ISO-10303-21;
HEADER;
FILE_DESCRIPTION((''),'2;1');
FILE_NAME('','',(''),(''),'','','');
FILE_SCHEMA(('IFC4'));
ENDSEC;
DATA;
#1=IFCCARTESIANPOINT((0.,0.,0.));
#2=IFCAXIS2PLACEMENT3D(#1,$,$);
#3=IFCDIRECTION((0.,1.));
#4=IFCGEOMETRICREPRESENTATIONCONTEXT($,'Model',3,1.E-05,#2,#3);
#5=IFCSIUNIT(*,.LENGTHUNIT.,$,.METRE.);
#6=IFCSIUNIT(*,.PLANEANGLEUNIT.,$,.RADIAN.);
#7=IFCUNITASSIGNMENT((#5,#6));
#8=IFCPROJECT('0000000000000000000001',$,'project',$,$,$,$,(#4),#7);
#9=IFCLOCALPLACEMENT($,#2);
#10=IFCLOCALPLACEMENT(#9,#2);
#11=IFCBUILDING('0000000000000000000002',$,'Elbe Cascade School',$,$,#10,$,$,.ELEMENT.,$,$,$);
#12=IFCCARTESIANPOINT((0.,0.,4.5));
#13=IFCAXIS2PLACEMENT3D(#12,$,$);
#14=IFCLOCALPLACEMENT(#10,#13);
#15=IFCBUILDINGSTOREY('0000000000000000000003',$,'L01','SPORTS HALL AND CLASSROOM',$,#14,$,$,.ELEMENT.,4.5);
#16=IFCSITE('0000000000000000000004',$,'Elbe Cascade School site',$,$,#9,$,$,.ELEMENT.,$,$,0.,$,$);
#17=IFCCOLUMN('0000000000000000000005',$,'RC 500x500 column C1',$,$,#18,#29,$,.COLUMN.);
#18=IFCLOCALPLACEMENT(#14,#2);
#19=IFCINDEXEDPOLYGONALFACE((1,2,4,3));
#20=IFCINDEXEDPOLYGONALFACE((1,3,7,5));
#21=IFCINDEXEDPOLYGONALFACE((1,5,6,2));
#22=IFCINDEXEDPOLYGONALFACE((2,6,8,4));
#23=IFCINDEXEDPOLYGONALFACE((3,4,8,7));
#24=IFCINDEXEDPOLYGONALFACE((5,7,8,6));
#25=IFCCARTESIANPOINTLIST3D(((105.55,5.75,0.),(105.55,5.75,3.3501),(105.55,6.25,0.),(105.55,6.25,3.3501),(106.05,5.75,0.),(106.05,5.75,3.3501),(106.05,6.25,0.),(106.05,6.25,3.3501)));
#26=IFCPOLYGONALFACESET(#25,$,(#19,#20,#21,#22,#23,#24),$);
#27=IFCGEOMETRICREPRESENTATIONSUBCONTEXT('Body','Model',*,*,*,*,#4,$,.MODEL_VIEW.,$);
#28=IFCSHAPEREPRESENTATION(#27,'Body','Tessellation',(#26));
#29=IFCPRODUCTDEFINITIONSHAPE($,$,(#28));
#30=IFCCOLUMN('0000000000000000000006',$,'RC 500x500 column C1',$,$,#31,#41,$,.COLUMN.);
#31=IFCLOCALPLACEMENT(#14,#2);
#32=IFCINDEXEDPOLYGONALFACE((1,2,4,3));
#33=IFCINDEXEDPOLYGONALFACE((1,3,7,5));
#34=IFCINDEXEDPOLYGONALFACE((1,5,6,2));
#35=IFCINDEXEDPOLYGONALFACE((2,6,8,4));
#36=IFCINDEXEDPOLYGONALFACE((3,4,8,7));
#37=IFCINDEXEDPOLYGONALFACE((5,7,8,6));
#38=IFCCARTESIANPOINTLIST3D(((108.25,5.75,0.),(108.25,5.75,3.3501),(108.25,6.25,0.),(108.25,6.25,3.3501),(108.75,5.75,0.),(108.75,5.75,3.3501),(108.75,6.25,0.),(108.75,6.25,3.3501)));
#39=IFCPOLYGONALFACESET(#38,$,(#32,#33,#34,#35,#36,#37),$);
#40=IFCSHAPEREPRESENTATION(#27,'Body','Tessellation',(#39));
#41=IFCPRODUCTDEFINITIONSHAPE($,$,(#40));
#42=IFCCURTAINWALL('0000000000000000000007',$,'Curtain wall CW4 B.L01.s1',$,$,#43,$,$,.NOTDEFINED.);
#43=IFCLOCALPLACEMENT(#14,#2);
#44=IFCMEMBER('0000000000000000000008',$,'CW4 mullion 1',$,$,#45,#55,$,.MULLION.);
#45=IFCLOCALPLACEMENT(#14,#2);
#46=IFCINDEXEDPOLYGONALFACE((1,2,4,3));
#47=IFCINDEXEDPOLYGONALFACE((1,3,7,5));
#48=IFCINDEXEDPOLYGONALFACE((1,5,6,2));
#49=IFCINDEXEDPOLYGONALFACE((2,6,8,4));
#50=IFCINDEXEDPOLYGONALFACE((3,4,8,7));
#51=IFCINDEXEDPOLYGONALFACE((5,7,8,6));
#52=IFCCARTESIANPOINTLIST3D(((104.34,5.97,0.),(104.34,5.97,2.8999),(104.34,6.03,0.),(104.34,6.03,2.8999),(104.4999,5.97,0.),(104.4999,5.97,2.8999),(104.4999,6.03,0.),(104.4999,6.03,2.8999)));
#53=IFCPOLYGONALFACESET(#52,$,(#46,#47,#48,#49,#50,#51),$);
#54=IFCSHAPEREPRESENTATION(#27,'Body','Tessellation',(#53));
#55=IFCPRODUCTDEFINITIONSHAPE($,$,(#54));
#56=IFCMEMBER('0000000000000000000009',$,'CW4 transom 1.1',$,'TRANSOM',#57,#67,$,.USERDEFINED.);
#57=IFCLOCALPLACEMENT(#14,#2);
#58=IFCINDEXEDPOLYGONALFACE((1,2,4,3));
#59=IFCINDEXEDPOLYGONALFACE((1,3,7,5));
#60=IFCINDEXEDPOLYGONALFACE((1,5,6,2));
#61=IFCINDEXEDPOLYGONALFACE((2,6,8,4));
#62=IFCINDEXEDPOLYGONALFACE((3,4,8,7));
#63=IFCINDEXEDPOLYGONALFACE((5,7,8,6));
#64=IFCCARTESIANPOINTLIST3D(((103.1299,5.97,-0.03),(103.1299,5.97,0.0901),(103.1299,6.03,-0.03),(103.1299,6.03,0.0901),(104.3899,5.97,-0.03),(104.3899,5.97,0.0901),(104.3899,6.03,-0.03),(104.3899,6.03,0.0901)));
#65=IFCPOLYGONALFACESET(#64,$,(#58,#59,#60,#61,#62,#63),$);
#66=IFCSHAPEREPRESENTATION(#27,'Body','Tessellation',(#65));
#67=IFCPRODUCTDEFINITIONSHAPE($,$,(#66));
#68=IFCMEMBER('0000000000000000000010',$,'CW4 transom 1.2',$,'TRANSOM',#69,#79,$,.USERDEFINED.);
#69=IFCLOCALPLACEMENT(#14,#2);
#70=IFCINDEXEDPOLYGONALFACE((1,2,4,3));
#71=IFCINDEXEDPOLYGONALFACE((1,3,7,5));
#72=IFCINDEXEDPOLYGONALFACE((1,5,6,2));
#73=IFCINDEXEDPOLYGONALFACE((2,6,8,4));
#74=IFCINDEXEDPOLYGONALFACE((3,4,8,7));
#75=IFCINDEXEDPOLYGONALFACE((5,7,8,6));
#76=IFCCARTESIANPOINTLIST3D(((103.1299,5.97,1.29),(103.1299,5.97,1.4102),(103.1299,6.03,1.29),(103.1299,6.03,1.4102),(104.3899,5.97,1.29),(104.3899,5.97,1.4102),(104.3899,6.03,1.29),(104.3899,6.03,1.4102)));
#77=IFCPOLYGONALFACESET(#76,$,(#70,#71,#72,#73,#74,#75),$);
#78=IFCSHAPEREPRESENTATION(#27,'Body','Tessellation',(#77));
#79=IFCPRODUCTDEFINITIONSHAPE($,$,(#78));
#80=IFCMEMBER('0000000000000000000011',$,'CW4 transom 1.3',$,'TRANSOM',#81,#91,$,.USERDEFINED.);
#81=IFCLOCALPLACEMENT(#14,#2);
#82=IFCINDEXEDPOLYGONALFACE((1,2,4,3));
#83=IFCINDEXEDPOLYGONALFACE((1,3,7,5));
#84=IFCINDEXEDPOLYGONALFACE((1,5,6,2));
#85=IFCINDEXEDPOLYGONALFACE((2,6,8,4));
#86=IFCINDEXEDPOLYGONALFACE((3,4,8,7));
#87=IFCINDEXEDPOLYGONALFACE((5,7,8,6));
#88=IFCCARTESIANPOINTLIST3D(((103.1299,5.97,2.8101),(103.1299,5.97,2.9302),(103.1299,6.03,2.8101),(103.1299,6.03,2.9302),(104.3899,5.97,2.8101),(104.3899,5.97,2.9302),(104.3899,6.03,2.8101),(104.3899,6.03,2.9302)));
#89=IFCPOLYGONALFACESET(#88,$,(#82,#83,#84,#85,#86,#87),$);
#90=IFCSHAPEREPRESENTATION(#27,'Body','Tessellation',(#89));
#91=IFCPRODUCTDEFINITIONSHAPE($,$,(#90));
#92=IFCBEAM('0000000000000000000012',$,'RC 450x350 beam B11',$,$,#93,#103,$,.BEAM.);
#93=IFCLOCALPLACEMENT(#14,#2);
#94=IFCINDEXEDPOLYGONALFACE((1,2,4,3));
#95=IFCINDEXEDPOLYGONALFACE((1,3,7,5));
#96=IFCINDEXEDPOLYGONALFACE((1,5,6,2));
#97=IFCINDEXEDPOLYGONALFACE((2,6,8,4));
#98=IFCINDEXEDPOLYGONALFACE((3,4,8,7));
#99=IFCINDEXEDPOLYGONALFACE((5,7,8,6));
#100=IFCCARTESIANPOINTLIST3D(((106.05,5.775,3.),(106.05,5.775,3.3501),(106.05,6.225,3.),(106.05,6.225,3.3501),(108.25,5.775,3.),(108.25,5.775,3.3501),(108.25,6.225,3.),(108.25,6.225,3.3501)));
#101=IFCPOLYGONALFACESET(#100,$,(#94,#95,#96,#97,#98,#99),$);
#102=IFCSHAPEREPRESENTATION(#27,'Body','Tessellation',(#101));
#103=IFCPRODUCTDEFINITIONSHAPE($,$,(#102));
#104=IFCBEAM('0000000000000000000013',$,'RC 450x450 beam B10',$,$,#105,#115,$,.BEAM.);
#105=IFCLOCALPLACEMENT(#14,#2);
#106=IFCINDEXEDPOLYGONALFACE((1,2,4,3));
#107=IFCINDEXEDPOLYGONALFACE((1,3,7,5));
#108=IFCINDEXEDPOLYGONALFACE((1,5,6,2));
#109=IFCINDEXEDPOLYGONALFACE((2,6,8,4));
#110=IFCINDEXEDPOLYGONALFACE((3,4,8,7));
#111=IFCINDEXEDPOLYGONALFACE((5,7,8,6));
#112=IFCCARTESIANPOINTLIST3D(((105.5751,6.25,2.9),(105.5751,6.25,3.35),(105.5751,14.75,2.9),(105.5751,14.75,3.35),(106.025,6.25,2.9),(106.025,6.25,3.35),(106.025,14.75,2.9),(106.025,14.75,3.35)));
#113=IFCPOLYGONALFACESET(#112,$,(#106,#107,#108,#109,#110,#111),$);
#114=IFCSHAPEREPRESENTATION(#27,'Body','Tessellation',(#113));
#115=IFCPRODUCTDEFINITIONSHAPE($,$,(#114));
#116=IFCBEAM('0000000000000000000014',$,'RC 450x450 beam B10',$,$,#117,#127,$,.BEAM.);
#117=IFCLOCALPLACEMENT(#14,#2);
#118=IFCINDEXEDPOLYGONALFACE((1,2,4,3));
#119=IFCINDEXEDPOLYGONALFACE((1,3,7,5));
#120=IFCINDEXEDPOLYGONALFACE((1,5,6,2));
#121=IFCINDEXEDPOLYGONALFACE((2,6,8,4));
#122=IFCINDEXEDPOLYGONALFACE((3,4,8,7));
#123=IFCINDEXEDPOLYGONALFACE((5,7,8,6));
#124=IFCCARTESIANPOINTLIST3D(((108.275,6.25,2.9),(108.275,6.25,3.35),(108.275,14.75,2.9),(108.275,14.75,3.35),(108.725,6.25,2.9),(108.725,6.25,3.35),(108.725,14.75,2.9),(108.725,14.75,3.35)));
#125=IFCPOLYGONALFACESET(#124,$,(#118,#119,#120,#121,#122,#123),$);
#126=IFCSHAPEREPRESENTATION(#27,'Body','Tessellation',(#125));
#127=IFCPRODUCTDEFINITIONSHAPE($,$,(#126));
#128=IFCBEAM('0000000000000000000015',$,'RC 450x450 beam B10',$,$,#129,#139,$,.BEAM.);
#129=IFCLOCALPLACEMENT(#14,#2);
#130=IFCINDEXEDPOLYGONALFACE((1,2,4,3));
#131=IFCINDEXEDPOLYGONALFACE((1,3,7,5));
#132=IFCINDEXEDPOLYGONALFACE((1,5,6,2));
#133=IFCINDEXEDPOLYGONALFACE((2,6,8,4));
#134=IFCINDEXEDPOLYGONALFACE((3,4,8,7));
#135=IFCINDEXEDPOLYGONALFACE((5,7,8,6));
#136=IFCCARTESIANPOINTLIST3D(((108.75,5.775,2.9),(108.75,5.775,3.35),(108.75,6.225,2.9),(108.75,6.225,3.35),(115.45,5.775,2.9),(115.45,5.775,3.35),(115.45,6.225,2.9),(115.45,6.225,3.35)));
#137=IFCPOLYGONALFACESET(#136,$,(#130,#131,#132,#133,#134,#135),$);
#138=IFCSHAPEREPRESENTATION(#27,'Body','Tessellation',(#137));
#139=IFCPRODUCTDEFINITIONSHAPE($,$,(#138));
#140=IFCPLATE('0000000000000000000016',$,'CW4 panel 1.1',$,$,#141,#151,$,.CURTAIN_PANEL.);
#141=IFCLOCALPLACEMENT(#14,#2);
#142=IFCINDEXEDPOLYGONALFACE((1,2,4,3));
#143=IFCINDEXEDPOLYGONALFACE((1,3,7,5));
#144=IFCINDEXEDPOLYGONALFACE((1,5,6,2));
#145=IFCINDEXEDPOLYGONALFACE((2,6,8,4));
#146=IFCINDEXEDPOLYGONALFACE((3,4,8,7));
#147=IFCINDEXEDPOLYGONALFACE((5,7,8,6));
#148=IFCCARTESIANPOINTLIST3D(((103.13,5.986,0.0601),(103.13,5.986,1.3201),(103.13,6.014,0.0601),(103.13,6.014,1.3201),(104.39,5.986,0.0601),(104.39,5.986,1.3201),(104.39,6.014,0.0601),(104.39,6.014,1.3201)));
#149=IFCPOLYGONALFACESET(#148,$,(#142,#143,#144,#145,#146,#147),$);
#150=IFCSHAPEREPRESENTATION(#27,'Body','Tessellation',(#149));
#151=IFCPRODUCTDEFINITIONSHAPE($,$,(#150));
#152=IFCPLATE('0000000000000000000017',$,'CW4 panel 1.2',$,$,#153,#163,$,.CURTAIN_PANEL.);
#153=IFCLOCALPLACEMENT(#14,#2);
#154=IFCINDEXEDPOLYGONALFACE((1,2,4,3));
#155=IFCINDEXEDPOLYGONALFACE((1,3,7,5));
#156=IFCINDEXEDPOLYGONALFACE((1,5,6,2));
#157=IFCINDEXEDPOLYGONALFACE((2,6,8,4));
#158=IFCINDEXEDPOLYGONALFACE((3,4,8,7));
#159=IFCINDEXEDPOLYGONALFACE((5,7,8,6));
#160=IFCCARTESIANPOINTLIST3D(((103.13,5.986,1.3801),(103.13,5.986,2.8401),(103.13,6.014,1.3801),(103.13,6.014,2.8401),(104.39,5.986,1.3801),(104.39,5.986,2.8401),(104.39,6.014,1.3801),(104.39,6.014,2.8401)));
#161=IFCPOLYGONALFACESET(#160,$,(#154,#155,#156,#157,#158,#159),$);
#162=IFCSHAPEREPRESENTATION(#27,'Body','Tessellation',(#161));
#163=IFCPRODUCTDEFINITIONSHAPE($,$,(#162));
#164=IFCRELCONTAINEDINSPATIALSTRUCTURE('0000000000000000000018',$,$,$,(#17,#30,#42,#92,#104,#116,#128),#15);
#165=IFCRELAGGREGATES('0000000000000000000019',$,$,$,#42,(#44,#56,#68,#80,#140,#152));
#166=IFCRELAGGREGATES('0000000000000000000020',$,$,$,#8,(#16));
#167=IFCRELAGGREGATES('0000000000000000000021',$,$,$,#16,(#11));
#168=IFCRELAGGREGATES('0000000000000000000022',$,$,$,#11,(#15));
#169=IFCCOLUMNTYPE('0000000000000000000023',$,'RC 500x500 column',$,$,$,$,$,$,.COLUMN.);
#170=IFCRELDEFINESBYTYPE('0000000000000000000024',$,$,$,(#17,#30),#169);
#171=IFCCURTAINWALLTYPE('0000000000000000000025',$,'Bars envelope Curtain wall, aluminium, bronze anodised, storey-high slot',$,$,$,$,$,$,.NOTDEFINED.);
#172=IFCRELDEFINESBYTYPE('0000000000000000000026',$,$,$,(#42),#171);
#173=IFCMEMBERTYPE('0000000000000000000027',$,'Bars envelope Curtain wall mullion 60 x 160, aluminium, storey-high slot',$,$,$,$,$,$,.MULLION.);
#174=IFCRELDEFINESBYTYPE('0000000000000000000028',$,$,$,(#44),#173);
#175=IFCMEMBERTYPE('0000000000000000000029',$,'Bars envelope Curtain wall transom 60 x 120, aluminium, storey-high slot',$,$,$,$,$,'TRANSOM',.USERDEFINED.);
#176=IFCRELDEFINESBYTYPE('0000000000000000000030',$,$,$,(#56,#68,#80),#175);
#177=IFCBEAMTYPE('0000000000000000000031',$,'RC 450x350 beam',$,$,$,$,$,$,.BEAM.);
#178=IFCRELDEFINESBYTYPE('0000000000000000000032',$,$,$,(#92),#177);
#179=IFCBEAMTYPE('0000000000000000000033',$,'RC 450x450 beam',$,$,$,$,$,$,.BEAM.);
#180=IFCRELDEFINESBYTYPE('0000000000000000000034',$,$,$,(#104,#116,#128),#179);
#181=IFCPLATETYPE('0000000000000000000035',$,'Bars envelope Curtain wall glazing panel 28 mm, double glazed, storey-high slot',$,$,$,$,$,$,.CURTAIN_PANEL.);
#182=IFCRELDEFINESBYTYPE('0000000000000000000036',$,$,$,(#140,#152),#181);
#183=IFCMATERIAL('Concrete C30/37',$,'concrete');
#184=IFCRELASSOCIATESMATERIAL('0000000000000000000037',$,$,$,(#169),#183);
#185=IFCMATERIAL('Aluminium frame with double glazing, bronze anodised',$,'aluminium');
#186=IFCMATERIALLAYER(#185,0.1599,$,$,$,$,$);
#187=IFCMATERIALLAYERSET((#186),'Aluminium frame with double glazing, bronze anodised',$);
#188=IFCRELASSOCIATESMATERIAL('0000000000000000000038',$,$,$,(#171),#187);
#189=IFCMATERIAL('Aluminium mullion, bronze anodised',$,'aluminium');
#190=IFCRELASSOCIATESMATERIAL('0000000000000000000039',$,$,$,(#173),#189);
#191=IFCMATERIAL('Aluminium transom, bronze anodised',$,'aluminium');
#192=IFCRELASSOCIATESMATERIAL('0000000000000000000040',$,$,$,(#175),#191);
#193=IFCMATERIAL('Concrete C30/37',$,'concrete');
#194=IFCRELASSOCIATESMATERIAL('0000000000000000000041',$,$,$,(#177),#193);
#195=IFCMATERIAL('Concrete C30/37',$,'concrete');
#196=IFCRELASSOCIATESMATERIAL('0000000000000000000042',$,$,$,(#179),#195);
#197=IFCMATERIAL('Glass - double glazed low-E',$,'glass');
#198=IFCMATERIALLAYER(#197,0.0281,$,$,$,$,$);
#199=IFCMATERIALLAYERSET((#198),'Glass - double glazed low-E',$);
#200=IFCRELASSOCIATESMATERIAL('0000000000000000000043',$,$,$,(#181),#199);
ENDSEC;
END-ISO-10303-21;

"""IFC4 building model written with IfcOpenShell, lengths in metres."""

from ifc_helpers import new_model, si_unit, direction, frame, origin, origin_2d, place, context, subcontext, project, spatial, rectangle, extrude, material, layer, layer_set, material_profile, profile_set, type_object, element, aggregate, save


model = new_model("IFC4")

# Units and contexts
model_context = context("Model", 3, precision=1e-05, world=origin(), true_north=direction((0.0, 1.0)))
body_context = subcontext(model_context, "Body", "Model", "MODEL_VIEW")
ifc_project = project(units=[si_unit("LENGTHUNIT", "METRE"), si_unit("PLANEANGLEUNIT", "RADIAN")], contexts=[model_context])

# Site, building, storey
site_placement = place(None, origin())
site = spatial("IfcSite", under=ifc_project, at=site_placement, Name="Elbe Cascade School site", CompositionType="ELEMENT", RefElevation=0.0)
building_placement = place(site_placement, origin())
building = spatial("IfcBuilding", under=site, at=building_placement, Name="Elbe Cascade School", CompositionType="ELEMENT")
storey_placement = place(building_placement, frame((0.0, 0.0, 4.5)))
storey = spatial("IfcBuildingStorey", under=building, at=storey_placement, Name="L01", Description="SPORTS HALL AND CLASSROOM", CompositionType="ELEMENT", Elevation=4.5)

# Columns
ifc_material_1 = material(Name="Concrete C30/37", Category="concrete")
ifc_material_profile_1 = material_profile(ifc_material_1, rectangle(XDim=0.5, YDim=0.5, at=origin_2d()), Name="RC 500x500")
ifc_profile_set_1 = profile_set([ifc_material_profile_1], Name="Concrete C30/37")
column_type = type_object("IfcColumnType", Name="RC 500x500 column", PredefinedType="COLUMN", material=ifc_profile_set_1)
for number, where, z_axis, x_axis, name in (
    (1, (105.8, 6.0, 0.0), (0.0, 0.0, 1.0), (1.0, 0.0, 0.0), "RC 500x500 column C1"),
    (2, (108.5, 6.0, 0.0), (0.0, 0.0, 1.0), (1.0, 0.0, 0.0), "RC 500x500 column C1"),
):
    element("IfcColumn", number, at=place(storey_placement, frame(where, z_axis=z_axis, x_axis=x_axis)), inside=storey, type_object=column_type, Name=name, PredefinedType="COLUMN", context=body_context, shape_type="SweptSolid", body=[
        extrude(rectangle(XDim=0.5, YDim=0.5, at=origin_2d()), origin(), (0.0, 0.0, 1.0), 3.3501),
    ])

# Curtain wall, members
ifc_material_2 = material(Name="Aluminium frame with double glazing, bronze anodised", Category="aluminium")
ifc_layer_1 = layer(ifc_material_2, 0.1599)
ifc_layer_set_1 = layer_set([ifc_layer_1], Name="Aluminium frame with double glazing, bronze anodised")
curtain_wall_type = type_object("IfcCurtainWallType", Name="Bars envelope Curtain wall, aluminium, bronze anodised, storey-high slot", PredefinedType="NOTDEFINED", material=ifc_layer_set_1)
curtain_wall_placement = place(storey_placement, origin())
curtain_wall = element("IfcCurtainWall", 3, at=curtain_wall_placement, inside=storey, type_object=curtain_wall_type, Name="Curtain wall CW4 B.L01.s1", PredefinedType="NOTDEFINED")
ifc_material_3 = material(Name="Aluminium mullion, bronze anodised", Category="aluminium")
ifc_material_profile_2 = material_profile(ifc_material_3, rectangle(XDim=0.0601, YDim=0.1599, at=origin_2d()), Name="Bars envelope Curtain wall mullion 60 x 160, aluminium, storey-high slot")
ifc_profile_set_2 = profile_set([ifc_material_profile_2], Name="Aluminium mullion, bronze anodised")
member_type_1 = type_object("IfcMemberType", Name="Bars envelope Curtain wall mullion 60 x 160, aluminium, storey-high slot", PredefinedType="MULLION", material=ifc_profile_set_2)
member_1_placement = place(storey_placement, frame((104.4199, 6.0, 0.0), z_axis=(0.0, 0.0, 1.0), x_axis=(0.0, -1.0, 0.0)))
member_1 = element("IfcMember", 4, at=member_1_placement, type_object=member_type_1, Name="CW4 mullion 1", PredefinedType="MULLION", context=body_context, shape_type="SweptSolid", body=[
    extrude(rectangle(XDim=0.0601, YDim=0.1599, at=origin_2d()), origin(), (0.0, 0.0, 1.0), 2.8999),
])
ifc_material_4 = material(Name="Aluminium transom, bronze anodised", Category="aluminium")
ifc_material_profile_3 = material_profile(ifc_material_4, rectangle(XDim=0.0601, YDim=0.1201, at=origin_2d()), Name="Bars envelope Curtain wall transom 60 x 120, aluminium, storey-high slot")
ifc_profile_set_3 = profile_set([ifc_material_profile_3], Name="Aluminium transom, bronze anodised")
member_type_2 = type_object("IfcMemberType", Name="Bars envelope Curtain wall transom 60 x 120, aluminium, storey-high slot", ElementType="TRANSOM", PredefinedType="USERDEFINED", material=ifc_profile_set_3)
member_2_placement = place(storey_placement, frame((104.3899, 6.0, 0.03), z_axis=(-1.0, 0.0, 0.0), x_axis=(0.0, -1.0, 0.0)))
member_2 = element("IfcMember", 5, at=member_2_placement, type_object=member_type_2, Name="CW4 transom 1.1", ObjectType="TRANSOM", PredefinedType="USERDEFINED", context=body_context, shape_type="SweptSolid", body=[
    extrude(rectangle(XDim=0.0601, YDim=0.1201, at=origin_2d()), origin(), (0.0, 0.0, 1.0), 1.26),
])
member_3_placement = place(storey_placement, frame((104.3899, 6.0, 1.3501), z_axis=(-1.0, 0.0, 0.0), x_axis=(0.0, -1.0, 0.0)))
member_3 = element("IfcMember", 6, at=member_3_placement, type_object=member_type_2, Name="CW4 transom 1.2", ObjectType="TRANSOM", PredefinedType="USERDEFINED", context=body_context, shape_type="SweptSolid", body=[
    extrude(rectangle(XDim=0.0601, YDim=0.1201, at=origin_2d()), origin(), (0.0, 0.0, 1.0), 1.26),
])
member_4_placement = place(storey_placement, frame((104.3899, 6.0, 2.8701), z_axis=(-1.0, 0.0, 0.0), x_axis=(0.0, -1.0, 0.0)))
member_4 = element("IfcMember", 7, at=member_4_placement, type_object=member_type_2, Name="CW4 transom 1.3", ObjectType="TRANSOM", PredefinedType="USERDEFINED", context=body_context, shape_type="SweptSolid", body=[
    extrude(rectangle(XDim=0.0601, YDim=0.1201, at=origin_2d()), origin(), (0.0, 0.0, 1.0), 1.26),
])

# Beams
ifc_material_5 = material(Name="Concrete C30/37", Category="concrete")
ifc_material_profile_4 = material_profile(ifc_material_5, rectangle(XDim=0.45, YDim=0.3501, at=origin_2d()), Name="RC 450x350")
ifc_profile_set_4 = profile_set([ifc_material_profile_4], Name="Concrete C30/37")
beam_type_1 = type_object("IfcBeamType", Name="RC 450x350 beam", PredefinedType="BEAM", material=ifc_profile_set_4)
beam_1_placement = place(storey_placement, frame((106.05, 6.0, 3.175), z_axis=(1.0, 0.0, 0.0), x_axis=(0.0, 1.0, 0.0)))
element("IfcBeam", 8, at=beam_1_placement, inside=storey, type_object=beam_type_1, Name="RC 450x350 beam B11", PredefinedType="BEAM", context=body_context, shape_type="SweptSolid", body=[
    extrude(rectangle(XDim=0.45, YDim=0.3501, at=origin_2d()), origin(), (0.0, 0.0, 1.0), 2.2),
])
ifc_material_6 = material(Name="Concrete C30/37", Category="concrete")
ifc_material_profile_5 = material_profile(ifc_material_6, rectangle(XDim=0.45, YDim=0.45, at=origin_2d()), Name="RC 450x450")
ifc_profile_set_5 = profile_set([ifc_material_profile_5], Name="Concrete C30/37")
beam_type_2 = type_object("IfcBeamType", Name="RC 450x450 beam", PredefinedType="BEAM", material=ifc_profile_set_5)
for number, where, z_axis, x_axis, name in (
    (9, (105.8, 6.25, 3.125), (0.0, 1.0, 0.0), (-1.0, 0.0, 0.0), "RC 450x450 beam B10"),
    (10, (108.5, 6.25, 3.125), (0.0, 1.0, 0.0), (-1.0, 0.0, 0.0), "RC 450x450 beam B10"),
):
    element("IfcBeam", number, at=place(storey_placement, frame(where, z_axis=z_axis, x_axis=x_axis)), inside=storey, type_object=beam_type_2, Name=name, PredefinedType="BEAM", context=body_context, shape_type="SweptSolid", body=[
        extrude(rectangle(XDim=0.45, YDim=0.45, at=origin_2d()), origin(), (0.0, 0.0, 1.0), 8.5),
    ])
beam_2_placement = place(storey_placement, frame((108.75, 6.0, 3.125), z_axis=(1.0, 0.0, 0.0), x_axis=(0.0, 1.0, 0.0)))
element("IfcBeam", 11, at=beam_2_placement, inside=storey, type_object=beam_type_2, Name="RC 450x450 beam B10", PredefinedType="BEAM", context=body_context, shape_type="SweptSolid", body=[
    extrude(rectangle(XDim=0.45, YDim=0.45, at=origin_2d()), origin(), (0.0, 0.0, 1.0), 6.7),
])

# Plates
ifc_material_7 = material(Name="Glass - double glazed low-E", Category="glass")
ifc_layer_2 = layer(ifc_material_7, 0.0281)
ifc_layer_set_2 = layer_set([ifc_layer_2], Name="Glass - double glazed low-E")
plate_type = type_object("IfcPlateType", Name="Bars envelope Curtain wall glazing panel 28 mm, double glazed, storey-high slot", PredefinedType="CURTAIN_PANEL", material=ifc_layer_set_2)
plate_1_placement = place(storey_placement, frame((103.76, 6.0, 0.0601), z_axis=(0.0, 0.0, 1.0), x_axis=(-1.0, 0.0, 0.0)))
plate_1 = element("IfcPlate", 12, at=plate_1_placement, type_object=plate_type, Name="CW4 panel 1.1", PredefinedType="CURTAIN_PANEL", context=body_context, shape_type="SweptSolid", body=[
    extrude(rectangle(XDim=1.26, YDim=0.0281, at=origin_2d()), origin(), (0.0, 0.0, 1.0), 1.26),
])
plate_2_placement = place(storey_placement, frame((103.76, 6.0, 1.3801), z_axis=(0.0, 0.0, 1.0), x_axis=(-1.0, 0.0, 0.0)))
plate_2 = element("IfcPlate", 13, at=plate_2_placement, type_object=plate_type, Name="CW4 panel 1.2", PredefinedType="CURTAIN_PANEL", context=body_context, shape_type="SweptSolid", body=[
    extrude(rectangle(XDim=1.26, YDim=0.0281, at=origin_2d()), origin(), (0.0, 0.0, 1.0), 1.46),
])
aggregate(curtain_wall, [member_1, member_2, member_3, member_4, plate_1, plate_2])

save(model, "model.ifc")
